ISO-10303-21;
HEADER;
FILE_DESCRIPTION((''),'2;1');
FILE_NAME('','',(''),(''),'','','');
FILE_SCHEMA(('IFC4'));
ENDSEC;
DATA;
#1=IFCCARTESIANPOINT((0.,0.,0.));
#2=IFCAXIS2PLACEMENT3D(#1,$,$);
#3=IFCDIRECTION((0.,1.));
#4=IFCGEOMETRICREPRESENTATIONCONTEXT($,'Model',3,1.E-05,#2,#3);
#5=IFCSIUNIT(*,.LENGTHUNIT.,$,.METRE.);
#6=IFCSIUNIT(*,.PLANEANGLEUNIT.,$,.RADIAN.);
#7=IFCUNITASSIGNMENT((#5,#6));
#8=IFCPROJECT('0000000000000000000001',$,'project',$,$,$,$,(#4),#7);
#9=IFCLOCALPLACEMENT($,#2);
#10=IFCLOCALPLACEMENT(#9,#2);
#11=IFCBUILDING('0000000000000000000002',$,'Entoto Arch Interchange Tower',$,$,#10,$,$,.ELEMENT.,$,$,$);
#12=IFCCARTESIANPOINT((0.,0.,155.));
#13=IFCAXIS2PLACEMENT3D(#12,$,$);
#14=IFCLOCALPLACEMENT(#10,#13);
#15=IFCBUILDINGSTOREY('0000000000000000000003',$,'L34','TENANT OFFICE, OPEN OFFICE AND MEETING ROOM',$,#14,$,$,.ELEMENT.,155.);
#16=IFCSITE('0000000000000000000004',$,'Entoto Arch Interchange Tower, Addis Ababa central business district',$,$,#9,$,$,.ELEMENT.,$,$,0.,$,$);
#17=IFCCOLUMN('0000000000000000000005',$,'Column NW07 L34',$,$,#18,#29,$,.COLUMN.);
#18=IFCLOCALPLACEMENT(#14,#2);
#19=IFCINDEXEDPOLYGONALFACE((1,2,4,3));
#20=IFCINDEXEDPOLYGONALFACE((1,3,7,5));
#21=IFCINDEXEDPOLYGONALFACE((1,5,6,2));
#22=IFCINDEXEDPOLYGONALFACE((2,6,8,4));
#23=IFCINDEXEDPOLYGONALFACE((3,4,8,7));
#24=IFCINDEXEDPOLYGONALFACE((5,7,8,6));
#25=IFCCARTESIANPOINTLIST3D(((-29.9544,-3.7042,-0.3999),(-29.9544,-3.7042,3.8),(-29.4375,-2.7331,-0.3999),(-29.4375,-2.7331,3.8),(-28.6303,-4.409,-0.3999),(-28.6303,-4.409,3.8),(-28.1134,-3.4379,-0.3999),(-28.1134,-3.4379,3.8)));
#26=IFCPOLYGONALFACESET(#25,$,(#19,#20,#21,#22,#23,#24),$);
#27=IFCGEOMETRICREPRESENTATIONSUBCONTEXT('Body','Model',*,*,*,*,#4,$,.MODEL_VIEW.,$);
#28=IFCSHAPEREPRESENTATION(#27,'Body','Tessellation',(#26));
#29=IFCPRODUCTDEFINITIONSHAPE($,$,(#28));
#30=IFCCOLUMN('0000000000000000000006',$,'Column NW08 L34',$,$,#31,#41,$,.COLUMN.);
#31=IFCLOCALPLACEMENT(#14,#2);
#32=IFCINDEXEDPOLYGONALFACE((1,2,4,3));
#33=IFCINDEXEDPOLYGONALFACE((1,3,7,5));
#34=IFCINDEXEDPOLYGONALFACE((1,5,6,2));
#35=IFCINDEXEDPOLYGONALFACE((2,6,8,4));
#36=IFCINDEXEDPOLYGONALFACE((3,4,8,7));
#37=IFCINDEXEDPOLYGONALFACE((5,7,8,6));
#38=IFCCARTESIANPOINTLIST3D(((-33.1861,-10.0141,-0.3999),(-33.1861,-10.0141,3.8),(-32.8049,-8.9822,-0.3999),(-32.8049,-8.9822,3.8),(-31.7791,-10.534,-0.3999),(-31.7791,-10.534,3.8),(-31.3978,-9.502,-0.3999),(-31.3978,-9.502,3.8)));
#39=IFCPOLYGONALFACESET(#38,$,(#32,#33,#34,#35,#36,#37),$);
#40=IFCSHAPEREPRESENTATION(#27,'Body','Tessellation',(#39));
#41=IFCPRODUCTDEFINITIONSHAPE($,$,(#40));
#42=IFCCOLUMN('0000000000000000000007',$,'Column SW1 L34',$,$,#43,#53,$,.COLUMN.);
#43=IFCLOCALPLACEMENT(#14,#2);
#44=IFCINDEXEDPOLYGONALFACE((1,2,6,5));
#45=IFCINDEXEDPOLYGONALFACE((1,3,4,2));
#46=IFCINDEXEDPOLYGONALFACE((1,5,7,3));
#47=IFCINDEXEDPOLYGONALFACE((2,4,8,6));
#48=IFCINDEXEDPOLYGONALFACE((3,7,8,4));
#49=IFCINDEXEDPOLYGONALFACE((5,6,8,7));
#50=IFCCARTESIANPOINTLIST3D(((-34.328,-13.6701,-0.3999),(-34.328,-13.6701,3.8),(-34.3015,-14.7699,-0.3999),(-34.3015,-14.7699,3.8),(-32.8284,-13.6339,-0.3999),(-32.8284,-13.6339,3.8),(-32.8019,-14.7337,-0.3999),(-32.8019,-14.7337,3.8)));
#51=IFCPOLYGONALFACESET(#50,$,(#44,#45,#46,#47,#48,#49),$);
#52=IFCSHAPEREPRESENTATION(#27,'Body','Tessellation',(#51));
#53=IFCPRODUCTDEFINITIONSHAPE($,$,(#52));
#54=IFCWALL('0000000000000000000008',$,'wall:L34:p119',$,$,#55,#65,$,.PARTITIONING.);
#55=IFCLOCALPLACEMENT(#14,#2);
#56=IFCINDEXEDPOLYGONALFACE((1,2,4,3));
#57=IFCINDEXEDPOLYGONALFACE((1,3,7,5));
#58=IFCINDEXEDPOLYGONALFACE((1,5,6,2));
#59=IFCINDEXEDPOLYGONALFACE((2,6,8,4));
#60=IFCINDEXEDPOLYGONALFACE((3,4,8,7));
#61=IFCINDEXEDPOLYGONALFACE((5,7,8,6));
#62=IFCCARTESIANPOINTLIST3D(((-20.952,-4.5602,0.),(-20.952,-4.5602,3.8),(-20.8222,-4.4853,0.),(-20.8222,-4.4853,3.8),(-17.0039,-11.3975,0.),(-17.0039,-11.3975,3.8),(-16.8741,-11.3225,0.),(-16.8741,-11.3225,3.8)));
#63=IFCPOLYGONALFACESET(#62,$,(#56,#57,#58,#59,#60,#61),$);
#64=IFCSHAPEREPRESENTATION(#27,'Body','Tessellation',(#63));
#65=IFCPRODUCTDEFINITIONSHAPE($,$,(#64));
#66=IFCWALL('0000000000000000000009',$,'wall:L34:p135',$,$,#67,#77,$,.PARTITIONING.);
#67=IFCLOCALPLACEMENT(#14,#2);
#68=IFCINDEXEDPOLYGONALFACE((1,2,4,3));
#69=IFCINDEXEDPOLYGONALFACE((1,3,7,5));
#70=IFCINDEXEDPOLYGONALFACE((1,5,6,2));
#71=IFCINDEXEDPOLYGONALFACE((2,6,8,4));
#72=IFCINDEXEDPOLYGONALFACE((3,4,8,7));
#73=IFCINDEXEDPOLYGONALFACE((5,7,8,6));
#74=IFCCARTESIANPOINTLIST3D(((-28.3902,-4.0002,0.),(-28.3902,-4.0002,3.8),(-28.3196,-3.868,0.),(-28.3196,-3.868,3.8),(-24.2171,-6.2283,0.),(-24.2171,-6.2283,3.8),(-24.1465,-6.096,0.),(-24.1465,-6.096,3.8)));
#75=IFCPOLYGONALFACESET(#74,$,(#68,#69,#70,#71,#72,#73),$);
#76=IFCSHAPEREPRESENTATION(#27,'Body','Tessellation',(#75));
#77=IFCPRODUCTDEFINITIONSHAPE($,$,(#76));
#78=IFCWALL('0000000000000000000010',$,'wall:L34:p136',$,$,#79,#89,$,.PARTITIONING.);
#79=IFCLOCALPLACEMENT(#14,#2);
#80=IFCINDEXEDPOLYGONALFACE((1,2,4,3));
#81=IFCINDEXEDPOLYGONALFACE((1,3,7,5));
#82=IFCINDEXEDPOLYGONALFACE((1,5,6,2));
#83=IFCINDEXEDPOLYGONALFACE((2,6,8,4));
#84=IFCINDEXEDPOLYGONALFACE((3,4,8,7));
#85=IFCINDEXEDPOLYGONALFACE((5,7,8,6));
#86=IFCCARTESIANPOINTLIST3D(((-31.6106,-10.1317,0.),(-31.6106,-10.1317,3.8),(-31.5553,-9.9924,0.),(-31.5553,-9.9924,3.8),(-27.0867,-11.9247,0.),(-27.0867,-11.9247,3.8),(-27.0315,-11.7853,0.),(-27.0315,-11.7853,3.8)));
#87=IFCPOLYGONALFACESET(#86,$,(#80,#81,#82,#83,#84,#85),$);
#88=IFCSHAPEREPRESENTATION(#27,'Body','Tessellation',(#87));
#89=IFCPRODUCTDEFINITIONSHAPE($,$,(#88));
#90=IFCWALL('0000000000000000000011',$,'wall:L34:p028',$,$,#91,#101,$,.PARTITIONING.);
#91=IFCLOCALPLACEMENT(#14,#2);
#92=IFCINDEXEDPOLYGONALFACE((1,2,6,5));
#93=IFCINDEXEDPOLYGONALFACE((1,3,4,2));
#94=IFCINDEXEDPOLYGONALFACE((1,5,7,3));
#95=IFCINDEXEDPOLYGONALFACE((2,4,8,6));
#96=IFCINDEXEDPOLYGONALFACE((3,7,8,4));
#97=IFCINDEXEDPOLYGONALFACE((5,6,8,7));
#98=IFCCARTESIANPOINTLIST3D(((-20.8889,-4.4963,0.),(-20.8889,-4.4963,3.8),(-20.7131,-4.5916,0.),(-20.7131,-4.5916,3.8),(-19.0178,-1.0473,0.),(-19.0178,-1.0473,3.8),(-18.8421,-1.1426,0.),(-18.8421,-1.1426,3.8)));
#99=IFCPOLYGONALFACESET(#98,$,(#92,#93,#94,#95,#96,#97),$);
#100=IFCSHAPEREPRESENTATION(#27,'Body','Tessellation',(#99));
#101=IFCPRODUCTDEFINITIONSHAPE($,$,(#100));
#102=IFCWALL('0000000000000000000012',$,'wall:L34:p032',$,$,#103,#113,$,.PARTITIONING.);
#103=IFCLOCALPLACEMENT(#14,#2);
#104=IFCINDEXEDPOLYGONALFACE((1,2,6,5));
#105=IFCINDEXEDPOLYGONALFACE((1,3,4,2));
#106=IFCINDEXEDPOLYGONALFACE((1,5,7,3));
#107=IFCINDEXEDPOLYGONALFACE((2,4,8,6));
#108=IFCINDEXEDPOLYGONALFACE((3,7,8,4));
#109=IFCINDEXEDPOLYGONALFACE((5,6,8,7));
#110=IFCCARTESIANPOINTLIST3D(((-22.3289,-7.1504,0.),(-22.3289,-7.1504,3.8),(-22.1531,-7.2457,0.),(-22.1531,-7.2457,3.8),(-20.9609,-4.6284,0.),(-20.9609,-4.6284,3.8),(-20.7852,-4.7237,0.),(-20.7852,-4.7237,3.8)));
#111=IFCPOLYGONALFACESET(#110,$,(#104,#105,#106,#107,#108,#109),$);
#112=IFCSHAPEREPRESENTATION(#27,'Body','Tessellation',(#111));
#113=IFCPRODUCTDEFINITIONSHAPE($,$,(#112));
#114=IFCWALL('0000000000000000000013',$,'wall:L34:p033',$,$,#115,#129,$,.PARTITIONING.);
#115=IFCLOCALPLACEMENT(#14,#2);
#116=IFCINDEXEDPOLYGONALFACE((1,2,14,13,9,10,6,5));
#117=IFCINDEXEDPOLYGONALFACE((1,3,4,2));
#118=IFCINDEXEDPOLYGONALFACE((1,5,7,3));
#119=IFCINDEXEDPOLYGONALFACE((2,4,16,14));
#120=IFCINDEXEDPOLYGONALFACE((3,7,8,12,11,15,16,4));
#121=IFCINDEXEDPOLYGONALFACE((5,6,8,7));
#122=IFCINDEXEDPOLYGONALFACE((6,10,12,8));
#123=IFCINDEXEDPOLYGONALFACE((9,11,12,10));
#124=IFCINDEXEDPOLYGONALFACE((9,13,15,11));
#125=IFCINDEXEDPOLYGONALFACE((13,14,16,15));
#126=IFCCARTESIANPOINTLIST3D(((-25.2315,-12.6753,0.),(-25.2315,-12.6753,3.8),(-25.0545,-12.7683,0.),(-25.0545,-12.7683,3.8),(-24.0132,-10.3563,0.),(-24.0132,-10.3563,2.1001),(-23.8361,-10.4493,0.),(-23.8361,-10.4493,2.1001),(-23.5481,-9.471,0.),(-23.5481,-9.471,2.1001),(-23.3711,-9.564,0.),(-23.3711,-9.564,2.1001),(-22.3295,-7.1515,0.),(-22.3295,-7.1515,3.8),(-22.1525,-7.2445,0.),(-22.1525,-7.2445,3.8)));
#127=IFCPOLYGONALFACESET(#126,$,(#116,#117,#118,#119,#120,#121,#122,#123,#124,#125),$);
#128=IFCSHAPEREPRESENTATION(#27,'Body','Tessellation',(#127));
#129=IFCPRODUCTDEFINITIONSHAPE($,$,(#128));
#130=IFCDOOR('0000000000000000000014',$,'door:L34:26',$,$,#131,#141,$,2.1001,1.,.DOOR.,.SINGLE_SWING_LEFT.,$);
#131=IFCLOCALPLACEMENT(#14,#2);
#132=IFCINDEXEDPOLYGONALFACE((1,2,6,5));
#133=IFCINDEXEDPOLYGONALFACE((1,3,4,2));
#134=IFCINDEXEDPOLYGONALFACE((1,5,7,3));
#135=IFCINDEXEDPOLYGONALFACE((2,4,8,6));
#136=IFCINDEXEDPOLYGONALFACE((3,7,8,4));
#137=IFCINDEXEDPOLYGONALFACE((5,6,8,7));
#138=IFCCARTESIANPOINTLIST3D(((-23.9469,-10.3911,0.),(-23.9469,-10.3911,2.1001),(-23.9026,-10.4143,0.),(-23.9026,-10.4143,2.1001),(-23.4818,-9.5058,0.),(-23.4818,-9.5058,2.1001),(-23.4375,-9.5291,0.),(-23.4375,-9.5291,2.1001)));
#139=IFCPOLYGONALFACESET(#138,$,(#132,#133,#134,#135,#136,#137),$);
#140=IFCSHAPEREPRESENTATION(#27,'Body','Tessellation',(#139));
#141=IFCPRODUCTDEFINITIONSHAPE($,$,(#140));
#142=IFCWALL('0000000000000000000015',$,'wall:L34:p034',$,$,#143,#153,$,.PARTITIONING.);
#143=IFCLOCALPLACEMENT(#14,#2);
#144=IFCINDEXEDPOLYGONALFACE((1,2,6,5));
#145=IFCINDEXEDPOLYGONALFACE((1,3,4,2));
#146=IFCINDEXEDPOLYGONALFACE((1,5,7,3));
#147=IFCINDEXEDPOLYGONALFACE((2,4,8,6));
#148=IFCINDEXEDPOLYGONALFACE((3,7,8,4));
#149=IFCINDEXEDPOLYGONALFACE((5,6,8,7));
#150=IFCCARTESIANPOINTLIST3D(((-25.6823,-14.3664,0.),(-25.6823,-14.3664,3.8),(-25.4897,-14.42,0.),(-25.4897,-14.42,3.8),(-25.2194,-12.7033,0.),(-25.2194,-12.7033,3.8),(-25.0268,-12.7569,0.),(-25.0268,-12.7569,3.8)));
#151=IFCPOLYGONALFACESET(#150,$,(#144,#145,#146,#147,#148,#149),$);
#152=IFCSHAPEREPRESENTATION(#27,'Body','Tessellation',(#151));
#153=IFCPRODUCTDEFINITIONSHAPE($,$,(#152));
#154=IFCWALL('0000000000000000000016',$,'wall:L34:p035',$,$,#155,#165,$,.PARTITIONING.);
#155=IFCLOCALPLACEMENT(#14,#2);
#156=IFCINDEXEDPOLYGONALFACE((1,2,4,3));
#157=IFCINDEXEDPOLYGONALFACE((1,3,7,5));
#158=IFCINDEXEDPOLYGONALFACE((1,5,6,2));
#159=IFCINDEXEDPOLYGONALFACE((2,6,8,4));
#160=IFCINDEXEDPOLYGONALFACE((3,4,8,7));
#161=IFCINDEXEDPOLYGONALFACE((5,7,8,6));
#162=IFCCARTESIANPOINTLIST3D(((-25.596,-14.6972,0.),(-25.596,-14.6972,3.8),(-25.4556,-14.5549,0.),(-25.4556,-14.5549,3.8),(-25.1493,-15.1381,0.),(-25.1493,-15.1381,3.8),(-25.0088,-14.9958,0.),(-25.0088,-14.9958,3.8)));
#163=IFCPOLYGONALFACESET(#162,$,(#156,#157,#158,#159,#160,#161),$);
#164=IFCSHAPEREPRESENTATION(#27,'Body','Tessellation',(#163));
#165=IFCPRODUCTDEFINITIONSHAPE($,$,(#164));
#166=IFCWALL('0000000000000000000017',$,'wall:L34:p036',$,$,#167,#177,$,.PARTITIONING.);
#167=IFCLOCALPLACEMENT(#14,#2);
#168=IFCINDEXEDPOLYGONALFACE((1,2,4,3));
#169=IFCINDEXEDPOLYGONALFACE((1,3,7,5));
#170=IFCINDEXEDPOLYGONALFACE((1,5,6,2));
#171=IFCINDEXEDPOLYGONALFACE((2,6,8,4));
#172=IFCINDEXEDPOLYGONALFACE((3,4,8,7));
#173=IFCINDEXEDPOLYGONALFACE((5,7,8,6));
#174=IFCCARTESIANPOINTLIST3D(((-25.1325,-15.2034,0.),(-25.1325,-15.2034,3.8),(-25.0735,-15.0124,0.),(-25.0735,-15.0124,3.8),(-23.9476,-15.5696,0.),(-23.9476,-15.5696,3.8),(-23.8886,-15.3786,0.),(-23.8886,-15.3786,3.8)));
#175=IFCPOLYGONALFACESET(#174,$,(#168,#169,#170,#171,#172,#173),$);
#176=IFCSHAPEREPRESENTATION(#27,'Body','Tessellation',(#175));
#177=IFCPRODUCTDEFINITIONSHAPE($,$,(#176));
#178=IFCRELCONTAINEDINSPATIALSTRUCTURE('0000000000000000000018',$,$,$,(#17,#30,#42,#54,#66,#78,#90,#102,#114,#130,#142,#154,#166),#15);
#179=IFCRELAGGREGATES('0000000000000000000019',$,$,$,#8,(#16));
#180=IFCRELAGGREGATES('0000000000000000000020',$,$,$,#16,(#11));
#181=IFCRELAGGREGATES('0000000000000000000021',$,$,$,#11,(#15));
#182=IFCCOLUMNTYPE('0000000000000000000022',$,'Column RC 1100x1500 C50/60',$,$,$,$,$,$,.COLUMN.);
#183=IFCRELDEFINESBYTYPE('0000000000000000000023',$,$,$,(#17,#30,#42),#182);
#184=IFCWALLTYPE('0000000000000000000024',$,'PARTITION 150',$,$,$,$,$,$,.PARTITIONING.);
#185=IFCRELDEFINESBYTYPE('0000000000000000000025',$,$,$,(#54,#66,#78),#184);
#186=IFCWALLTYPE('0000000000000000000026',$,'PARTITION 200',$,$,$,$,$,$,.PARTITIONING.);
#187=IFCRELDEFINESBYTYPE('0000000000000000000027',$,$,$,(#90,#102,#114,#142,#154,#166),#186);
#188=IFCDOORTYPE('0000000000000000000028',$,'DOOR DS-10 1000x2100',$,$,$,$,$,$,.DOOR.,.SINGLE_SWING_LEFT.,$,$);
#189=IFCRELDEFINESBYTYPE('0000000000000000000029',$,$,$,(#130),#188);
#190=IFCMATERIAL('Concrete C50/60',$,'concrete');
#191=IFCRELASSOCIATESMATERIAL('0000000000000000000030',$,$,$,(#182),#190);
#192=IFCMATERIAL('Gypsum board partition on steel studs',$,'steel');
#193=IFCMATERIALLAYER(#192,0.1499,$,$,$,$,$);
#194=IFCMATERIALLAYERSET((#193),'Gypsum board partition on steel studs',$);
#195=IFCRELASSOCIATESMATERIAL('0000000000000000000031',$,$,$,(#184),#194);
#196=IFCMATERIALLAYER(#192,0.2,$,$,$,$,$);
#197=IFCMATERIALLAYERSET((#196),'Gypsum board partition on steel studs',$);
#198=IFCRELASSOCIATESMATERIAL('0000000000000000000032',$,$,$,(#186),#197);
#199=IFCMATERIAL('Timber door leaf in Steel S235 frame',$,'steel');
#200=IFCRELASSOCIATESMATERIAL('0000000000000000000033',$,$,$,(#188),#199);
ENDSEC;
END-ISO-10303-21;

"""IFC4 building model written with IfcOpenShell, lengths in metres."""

from ifc_helpers import new_model, si_unit, direction, frame, frame_2d, origin, origin_2d, place, context, subcontext, project, spatial, rectangle, extrude, material, layer, layer_set, material_profile, profile_set, type_object, element, fill, save


model = new_model("IFC4")

# Units and contexts
model_context = context("Model", 3, precision=1e-05, world=origin(), true_north=direction((0.0, 1.0)))
body_context = subcontext(model_context, "Body", "Model", "MODEL_VIEW")
ifc_project = project(units=[si_unit("LENGTHUNIT", "METRE"), si_unit("PLANEANGLEUNIT", "RADIAN")], contexts=[model_context])

# Site, building, storey
site_placement = place(None, origin())
site = spatial("IfcSite", under=ifc_project, at=site_placement, Name="Entoto Arch Interchange Tower, Addis Ababa central business district", CompositionType="ELEMENT", RefElevation=0.0)
building_placement = place(site_placement, origin())
building = spatial("IfcBuilding", under=site, at=building_placement, Name="Entoto Arch Interchange Tower", CompositionType="ELEMENT")
storey_placement = place(building_placement, frame((0.0, 0.0, 155.0)))
storey = spatial("IfcBuildingStorey", under=building, at=storey_placement, Name="L34", Description="TENANT OFFICE, OPEN OFFICE AND MEETING ROOM", CompositionType="ELEMENT", Elevation=155.0)

# Columns
ifc_material_1 = material(Name="Concrete C50/60", Category="concrete")
ifc_material_profile = material_profile(ifc_material_1, rectangle(XDim=1.1001, YDim=1.5, at=origin_2d()))
ifc_profile_set = profile_set([ifc_material_profile], Name="Concrete C50/60")
column_type = type_object("IfcColumnType", Name="Column RC 1100x1500 C50/60", PredefinedType="COLUMN", material=ifc_profile_set)
for number, where, z_axis, x_axis, name in (
    (1, (-29.0339, -3.571, -0.3999), (0.0, 0.0, 1.0), (0.469857, 0.882743, 0.0), "Column NW07 L34"),
    (2, (-32.292, -9.7581, -0.3999), (0.0, 0.0, 1.0), (0.346592, 0.938016, 0.0), "Column NW08 L34"),
    (3, (-33.5649, -14.2019, -0.3999), (0.0, 0.0, 1.0), (-0.024118, 0.999709, 0.0), "Column SW1 L34"),
):
    element("IfcColumn", number, at=place(storey_placement, frame(where, z_axis=z_axis, x_axis=x_axis)), inside=storey, type_object=column_type, Name=name, PredefinedType="COLUMN", context=body_context, shape_type="SweptSolid", body=[
        extrude(rectangle(XDim=1.1001, YDim=1.5, at=origin_2d()), origin(), (0.0, 0.0, 1.0), 4.2),
    ])

# Walls
ifc_material_2 = material(Name="Gypsum board partition on steel studs", Category="steel")
ifc_layer_1 = layer(ifc_material_2, 0.1499)
ifc_layer_set_1 = layer_set([ifc_layer_1], Name="Gypsum board partition on steel studs")
wall_type_1 = type_object("IfcWallType", Name="PARTITION 150", PredefinedType="PARTITIONING", material=ifc_layer_set_1)
wall_1_placement = place(storey_placement, frame((-16.939, -11.3601, 0.0), z_axis=(0.0, 0.0, 1.0), x_axis=(-0.500053, 0.865995, 0.0)))
element("IfcWall", 4, at=wall_1_placement, inside=storey, type_object=wall_type_1, Name="wall:L34:p119", PredefinedType="PARTITIONING", context=body_context, shape_type="SweptSolid", body=[
    extrude(rectangle(XDim=7.8953, YDim=0.1499, at=frame_2d((3.9478, 0.0))), origin(), (0.0, 0.0, 1.0), 3.8),
])
wall_2_placement = place(storey_placement, frame((-24.1819, -6.1621, 0.0), z_axis=(0.0, 0.0, 1.0), x_axis=(-0.882144, 0.470979, 0.0)))
element("IfcWall", 5, at=wall_2_placement, inside=storey, type_object=wall_type_1, Name="wall:L34:p135", PredefinedType="PARTITIONING", context=body_context, shape_type="SweptSolid", body=[
    extrude(rectangle(XDim=4.7307, YDim=0.1499, at=frame_2d((2.3652, 0.0))), origin(), (0.0, 0.0, 1.0), 3.8),
])
wall_3_placement = place(storey_placement, frame((-27.0591, -11.855, 0.0), z_axis=(0.0, 0.0, 1.0), x_axis=(-0.929648, 0.368448, 0.0)))
element("IfcWall", 6, at=wall_3_placement, inside=storey, type_object=wall_type_1, Name="wall:L34:p136", PredefinedType="PARTITIONING", context=body_context, shape_type="SweptSolid", body=[
    extrude(rectangle(XDim=4.8662, YDim=0.1499, at=frame_2d((2.4331, 0.0))), origin(), (0.0, 0.0, 1.0), 3.8),
])
ifc_layer_2 = layer(ifc_material_2, 0.2)
ifc_layer_set_2 = layer_set([ifc_layer_2], Name="Gypsum board partition on steel studs")
wall_type_2 = type_object("IfcWallType", Name="PARTITION 200", PredefinedType="PARTITIONING", material=ifc_layer_set_2)
wall_4_placement = place(storey_placement, frame((-18.9299, -1.095, 0.0), z_axis=(0.0, 0.0, 1.0), x_axis=(-0.476854, -0.878982, 0.0)))
element("IfcWall", 7, at=wall_4_placement, inside=storey, type_object=wall_type_2, Name="wall:L34:p028", PredefinedType="PARTITIONING", context=body_context, shape_type="SweptSolid", body=[
    extrude(rectangle(XDim=3.9238, YDim=0.2, at=frame_2d((1.9619, 0.0))), origin(), (0.0, 0.0, 1.0), 3.8),
])
wall_5_placement = place(storey_placement, frame((-20.873, -4.676, 0.0), z_axis=(0.0, 0.0, 1.0), x_axis=(-0.476782, -0.879022, 0.0)))
element("IfcWall", 8, at=wall_5_placement, inside=storey, type_object=wall_type_2, Name="wall:L34:p032", PredefinedType="PARTITIONING", context=body_context, shape_type="SweptSolid", body=[
    extrude(rectangle(XDim=2.8691, YDim=0.2, at=frame_2d((1.4346, 0.0))), origin(), (0.0, 0.0, 1.0), 3.8),
])

# Wall, opening, door
wall_6_placement = place(storey_placement, frame((-22.241, -7.198, 0.0), z_axis=(0.0, 0.0, 1.0), x_axis=(-0.46509, -0.885263, 0.0)))
wall_6 = element("IfcWall", 9, at=wall_6_placement, inside=storey, type_object=wall_type_2, Name="wall:L34:p033", PredefinedType="PARTITIONING", context=body_context, shape_type="SweptSolid", body=[
    extrude(rectangle(XDim=6.2397, YDim=0.2, at=frame_2d((3.1199, 0.0))), origin(), (0.0, 0.0, 1.0), 3.8),
])
opening_1_placement = place(wall_6_placement, frame((2.6201, 0.0, 0.0)))
opening_1 = element("IfcOpeningElement", 10, at=opening_1_placement, cuts=wall_6, PredefinedType="OPENING", context=body_context, shape_type="SweptSolid", body=[
    extrude(rectangle(XDim=1.0, YDim=2.1001, at=frame_2d((0.5, 1.05))), frame((0.0, 0.1099, 0.0), z_axis=(0.0, -1.0, 0.0), x_axis=(1.0, 0.0, 0.0)), (0.0, 0.0, 1.0), 0.22),
])
ifc_material_3 = material(Name="Timber door leaf in Steel S235 frame", Category="steel")
door_type = type_object("IfcDoorType", Name="DOOR DS-10 1000x2100", OperationType="SINGLE_SWING_LEFT", PredefinedType="DOOR", material=ifc_material_3)
door_1_placement = place(opening_1_placement, origin())
door_1 = element("IfcDoor", 11, at=door_1_placement, inside=storey, type_object=door_type, Name="door:L34:26", OperationType="SINGLE_SWING_LEFT", OverallHeight=2.1001, OverallWidth=1.0, PredefinedType="DOOR", context=body_context, shape_type="SweptSolid", body=[
    extrude(rectangle(XDim=1.0, YDim=2.1001, at=frame_2d((0.5, 1.05))), frame((0.0, 0.0249, 0.0), z_axis=(0.0, -1.0, 0.0), x_axis=(1.0, 0.0, 0.0)), (0.0, 0.0, 1.0), 0.05),
])
fill(opening_1, door_1)

# Walls
wall_7_placement = place(storey_placement, frame((-25.123, -12.73, 0.0), z_axis=(0.0, 0.0, 1.0), x_axis=(-0.26814, -0.96338, 0.0)))
element("IfcWall", 12, at=wall_7_placement, inside=storey, type_object=wall_type_2, Name="wall:L34:p034", PredefinedType="PARTITIONING", context=body_context, shape_type="SweptSolid", body=[
    extrude(rectangle(XDim=1.7263, YDim=0.2, at=frame_2d((0.8633, 0.0))), origin(), (0.0, 0.0, 1.0), 3.8),
])
wall_8_placement = place(storey_placement, frame((-25.5259, -14.626, 0.0), z_axis=(0.0, 0.0, 1.0), x_axis=(0.711759, -0.702424, 0.0)))
element("IfcWall", 13, at=wall_8_placement, inside=storey, type_object=wall_type_2, Name="wall:L34:p035", PredefinedType="PARTITIONING", context=body_context, shape_type="SweptSolid", body=[
    extrude(rectangle(XDim=0.6277, YDim=0.2, at=frame_2d((0.314, 0.0))), origin(), (0.0, 0.0, 1.0), 3.8),
])
wall_9_placement = place(storey_placement, frame((-25.103, -15.1079, 0.0), z_axis=(0.0, 0.0, 1.0), x_axis=(0.955421, -0.295247, 0.0)))
element("IfcWall", 14, at=wall_9_placement, inside=storey, type_object=wall_type_2, Name="wall:L34:p036", PredefinedType="PARTITIONING", context=body_context, shape_type="SweptSolid", body=[
    extrude(rectangle(XDim=1.2402, YDim=0.2, at=frame_2d((0.6201, 0.0))), origin(), (0.0, 0.0, 1.0), 3.8),
])

save(model, "model.ifc")
